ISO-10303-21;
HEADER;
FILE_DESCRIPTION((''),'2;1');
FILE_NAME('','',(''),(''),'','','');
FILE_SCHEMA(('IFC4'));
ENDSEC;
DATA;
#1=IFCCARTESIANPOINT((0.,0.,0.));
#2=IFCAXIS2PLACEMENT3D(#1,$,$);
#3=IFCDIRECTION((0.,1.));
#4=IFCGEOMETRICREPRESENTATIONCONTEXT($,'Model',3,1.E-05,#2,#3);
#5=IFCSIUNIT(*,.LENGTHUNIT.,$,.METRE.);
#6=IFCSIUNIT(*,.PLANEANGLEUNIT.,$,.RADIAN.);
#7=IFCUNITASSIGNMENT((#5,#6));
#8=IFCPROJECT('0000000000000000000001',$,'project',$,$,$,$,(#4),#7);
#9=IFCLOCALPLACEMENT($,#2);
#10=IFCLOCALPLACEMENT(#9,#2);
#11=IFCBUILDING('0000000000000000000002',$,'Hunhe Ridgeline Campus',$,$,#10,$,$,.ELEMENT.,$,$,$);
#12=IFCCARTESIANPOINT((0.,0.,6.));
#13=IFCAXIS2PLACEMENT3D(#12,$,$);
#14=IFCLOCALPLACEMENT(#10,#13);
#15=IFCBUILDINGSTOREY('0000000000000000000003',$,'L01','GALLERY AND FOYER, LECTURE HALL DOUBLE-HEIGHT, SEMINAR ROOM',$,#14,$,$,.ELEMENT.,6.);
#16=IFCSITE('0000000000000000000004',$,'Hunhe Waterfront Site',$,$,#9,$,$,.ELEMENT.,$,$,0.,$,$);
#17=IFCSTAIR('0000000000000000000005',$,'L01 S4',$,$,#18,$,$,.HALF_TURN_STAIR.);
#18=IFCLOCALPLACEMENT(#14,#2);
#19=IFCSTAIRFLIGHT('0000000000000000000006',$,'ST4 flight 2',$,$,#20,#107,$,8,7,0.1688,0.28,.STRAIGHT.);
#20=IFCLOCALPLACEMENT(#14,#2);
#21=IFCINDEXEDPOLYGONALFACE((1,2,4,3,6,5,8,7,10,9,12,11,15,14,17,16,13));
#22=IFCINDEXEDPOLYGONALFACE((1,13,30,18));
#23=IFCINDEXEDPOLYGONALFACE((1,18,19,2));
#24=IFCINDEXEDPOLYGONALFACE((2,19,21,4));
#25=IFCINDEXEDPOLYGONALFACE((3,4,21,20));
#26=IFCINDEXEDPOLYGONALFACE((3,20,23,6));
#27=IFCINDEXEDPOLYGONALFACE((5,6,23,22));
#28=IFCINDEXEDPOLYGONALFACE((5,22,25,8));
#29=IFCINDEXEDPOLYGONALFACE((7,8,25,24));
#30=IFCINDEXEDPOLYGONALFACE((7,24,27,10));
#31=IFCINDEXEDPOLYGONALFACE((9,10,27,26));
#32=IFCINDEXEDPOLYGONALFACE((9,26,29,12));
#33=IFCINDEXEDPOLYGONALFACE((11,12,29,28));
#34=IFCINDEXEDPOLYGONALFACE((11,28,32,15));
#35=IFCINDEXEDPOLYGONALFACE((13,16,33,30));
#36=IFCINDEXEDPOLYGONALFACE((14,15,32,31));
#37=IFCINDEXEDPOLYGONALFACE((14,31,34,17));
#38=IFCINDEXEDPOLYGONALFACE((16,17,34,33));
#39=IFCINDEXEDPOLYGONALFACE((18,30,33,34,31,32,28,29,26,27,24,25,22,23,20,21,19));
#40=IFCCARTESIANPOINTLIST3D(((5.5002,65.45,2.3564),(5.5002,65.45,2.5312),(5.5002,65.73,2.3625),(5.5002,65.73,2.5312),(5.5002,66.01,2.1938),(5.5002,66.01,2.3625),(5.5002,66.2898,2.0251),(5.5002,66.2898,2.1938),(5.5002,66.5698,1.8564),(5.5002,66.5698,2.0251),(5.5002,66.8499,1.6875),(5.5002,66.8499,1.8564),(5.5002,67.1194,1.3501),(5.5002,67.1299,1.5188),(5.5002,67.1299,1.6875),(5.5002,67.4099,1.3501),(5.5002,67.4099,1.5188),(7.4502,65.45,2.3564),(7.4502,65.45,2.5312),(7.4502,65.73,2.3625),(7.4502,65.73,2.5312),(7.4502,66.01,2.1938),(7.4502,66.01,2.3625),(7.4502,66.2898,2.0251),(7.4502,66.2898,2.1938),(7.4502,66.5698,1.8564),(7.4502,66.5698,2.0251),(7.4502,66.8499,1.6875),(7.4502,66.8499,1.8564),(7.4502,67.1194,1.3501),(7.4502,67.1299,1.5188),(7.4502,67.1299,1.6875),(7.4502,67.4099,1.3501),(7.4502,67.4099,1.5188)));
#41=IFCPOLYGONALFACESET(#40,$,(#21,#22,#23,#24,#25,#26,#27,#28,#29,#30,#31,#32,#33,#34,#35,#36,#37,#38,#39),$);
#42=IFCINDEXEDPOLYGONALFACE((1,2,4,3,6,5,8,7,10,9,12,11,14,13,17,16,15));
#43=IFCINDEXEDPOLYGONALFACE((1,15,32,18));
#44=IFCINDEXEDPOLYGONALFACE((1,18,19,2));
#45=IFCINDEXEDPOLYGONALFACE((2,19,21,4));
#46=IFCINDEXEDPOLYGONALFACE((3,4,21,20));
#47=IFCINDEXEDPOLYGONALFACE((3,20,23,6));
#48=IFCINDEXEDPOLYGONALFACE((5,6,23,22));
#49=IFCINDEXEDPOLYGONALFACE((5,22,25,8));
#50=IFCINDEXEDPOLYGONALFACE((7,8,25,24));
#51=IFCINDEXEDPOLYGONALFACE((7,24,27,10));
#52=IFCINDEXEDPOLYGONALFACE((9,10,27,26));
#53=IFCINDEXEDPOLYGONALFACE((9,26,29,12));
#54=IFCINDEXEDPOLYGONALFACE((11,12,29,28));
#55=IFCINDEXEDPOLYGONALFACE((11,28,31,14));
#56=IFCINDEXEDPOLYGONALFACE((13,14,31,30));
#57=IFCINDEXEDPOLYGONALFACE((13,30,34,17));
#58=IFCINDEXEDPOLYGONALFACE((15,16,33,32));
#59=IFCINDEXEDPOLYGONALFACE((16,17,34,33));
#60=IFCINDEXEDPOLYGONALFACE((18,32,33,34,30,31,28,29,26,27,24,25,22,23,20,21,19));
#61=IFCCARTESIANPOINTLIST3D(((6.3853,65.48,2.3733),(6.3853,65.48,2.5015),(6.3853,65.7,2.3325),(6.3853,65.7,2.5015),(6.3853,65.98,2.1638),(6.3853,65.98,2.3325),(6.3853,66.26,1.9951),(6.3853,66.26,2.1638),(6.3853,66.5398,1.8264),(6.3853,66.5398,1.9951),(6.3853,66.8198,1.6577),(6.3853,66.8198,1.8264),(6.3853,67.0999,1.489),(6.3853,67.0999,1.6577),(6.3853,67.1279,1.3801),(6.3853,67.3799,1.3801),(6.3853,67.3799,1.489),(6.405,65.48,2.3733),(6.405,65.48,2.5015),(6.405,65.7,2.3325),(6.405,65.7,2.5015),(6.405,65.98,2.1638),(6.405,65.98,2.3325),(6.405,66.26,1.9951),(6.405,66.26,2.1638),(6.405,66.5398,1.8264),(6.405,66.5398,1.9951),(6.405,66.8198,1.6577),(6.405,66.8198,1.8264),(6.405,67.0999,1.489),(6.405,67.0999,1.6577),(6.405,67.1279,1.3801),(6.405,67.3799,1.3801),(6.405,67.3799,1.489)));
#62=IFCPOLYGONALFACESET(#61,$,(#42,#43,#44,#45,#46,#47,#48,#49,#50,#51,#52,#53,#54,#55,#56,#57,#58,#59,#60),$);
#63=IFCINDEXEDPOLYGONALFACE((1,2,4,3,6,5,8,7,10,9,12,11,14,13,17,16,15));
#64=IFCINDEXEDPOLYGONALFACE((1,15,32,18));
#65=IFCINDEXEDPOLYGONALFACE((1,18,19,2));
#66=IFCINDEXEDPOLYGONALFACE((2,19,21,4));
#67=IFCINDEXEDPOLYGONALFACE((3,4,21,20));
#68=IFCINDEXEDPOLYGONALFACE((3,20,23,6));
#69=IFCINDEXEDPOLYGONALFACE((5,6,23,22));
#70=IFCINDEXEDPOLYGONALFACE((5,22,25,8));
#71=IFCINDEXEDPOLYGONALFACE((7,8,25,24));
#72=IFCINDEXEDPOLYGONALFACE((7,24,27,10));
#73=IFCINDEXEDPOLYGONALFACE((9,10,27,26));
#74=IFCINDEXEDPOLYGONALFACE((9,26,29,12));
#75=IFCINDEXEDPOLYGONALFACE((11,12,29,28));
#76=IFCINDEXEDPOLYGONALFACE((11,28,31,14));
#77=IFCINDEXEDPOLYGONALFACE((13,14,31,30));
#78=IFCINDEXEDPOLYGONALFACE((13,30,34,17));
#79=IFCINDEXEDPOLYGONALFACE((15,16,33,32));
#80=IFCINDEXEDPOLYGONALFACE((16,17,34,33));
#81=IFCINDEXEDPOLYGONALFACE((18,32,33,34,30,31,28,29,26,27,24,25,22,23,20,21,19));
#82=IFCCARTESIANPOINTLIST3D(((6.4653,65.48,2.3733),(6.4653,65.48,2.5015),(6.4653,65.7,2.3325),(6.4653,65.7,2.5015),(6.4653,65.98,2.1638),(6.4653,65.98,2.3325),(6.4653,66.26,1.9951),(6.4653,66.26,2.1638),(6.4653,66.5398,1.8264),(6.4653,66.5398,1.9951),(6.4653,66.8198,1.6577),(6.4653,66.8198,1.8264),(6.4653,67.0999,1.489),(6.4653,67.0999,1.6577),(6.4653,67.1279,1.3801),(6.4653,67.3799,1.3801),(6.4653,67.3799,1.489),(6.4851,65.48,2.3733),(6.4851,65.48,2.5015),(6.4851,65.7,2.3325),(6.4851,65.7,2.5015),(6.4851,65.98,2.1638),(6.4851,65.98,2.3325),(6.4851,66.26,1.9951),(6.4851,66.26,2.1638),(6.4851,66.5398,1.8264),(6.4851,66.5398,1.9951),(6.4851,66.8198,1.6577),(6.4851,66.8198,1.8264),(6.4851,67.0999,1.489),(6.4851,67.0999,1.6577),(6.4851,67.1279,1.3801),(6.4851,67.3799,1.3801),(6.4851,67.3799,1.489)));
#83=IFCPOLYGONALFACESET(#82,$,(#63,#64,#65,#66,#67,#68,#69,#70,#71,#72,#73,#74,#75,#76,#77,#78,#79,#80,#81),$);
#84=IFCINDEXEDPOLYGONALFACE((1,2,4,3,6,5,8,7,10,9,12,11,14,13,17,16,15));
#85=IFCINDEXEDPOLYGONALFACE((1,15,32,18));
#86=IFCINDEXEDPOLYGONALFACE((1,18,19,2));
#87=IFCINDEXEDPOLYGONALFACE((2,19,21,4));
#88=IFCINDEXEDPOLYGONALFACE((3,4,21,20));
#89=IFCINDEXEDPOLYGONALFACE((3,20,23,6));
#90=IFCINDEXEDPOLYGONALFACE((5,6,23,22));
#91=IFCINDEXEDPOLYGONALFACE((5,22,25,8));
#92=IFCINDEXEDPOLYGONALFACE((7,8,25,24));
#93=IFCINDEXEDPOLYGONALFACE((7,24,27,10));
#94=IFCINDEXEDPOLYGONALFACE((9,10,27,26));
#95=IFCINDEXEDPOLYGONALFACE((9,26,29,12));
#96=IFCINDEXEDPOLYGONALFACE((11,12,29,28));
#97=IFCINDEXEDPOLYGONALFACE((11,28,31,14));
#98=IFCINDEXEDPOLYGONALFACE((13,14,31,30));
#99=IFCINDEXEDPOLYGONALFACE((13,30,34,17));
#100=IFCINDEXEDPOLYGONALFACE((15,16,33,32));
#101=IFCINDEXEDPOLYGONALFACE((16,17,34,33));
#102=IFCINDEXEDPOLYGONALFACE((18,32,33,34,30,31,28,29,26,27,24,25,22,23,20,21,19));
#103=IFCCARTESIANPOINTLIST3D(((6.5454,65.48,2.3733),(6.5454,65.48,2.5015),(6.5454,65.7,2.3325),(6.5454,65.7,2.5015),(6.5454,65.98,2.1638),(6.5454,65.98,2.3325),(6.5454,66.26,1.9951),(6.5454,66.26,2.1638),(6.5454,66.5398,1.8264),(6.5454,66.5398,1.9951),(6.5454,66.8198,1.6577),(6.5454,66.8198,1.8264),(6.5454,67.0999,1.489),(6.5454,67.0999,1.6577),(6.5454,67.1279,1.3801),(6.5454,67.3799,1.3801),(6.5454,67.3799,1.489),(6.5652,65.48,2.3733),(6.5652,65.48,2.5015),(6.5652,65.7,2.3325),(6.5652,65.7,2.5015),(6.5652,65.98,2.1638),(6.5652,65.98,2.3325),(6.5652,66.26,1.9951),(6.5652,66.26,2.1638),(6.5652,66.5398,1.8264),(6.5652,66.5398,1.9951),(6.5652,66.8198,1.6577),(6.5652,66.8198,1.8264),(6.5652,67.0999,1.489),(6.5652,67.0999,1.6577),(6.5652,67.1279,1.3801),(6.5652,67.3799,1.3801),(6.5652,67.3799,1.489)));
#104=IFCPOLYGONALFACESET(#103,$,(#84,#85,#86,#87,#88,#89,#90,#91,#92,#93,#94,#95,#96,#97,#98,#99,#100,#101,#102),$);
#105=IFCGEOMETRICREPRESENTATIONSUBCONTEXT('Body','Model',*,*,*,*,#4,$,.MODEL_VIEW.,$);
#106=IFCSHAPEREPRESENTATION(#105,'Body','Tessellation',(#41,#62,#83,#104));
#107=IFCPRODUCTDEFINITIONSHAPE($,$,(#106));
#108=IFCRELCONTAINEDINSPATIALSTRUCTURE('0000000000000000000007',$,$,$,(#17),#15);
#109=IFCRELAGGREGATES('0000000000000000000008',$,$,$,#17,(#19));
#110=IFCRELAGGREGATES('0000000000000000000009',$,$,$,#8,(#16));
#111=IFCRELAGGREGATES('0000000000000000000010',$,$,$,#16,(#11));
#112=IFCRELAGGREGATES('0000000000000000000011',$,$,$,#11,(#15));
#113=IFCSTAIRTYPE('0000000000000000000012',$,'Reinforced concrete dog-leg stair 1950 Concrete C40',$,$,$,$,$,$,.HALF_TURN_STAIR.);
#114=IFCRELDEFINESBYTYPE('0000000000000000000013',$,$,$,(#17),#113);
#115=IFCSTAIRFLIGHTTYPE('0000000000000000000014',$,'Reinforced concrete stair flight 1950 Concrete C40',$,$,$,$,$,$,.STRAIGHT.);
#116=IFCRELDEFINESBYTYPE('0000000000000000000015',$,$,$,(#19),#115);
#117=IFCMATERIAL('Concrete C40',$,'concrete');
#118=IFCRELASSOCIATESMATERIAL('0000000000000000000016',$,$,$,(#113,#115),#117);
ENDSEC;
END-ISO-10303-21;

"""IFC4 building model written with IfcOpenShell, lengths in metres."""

from ifc_helpers import new_model, si_unit, direction, frame, origin, place, context, subcontext, project, spatial, polyline, outline, extrude, material, type_object, element, aggregate, save


model = new_model("IFC4")

# Units and contexts
model_context = context("Model", 3, precision=1e-05, world=origin(), true_north=direction((0.0, 1.0)))
body_context = subcontext(model_context, "Body", "Model", "MODEL_VIEW")
ifc_project = project(units=[si_unit("LENGTHUNIT", "METRE"), si_unit("PLANEANGLEUNIT", "RADIAN")], contexts=[model_context])

# Site, building, storey
site_placement = place(None, origin())
site = spatial("IfcSite", under=ifc_project, at=site_placement, Name="Hunhe Waterfront Site", CompositionType="ELEMENT", RefElevation=0.0)
building_placement = place(site_placement, origin())
building = spatial("IfcBuilding", under=site, at=building_placement, Name="Hunhe Ridgeline Campus", CompositionType="ELEMENT")
storey_placement = place(building_placement, frame((0.0, 0.0, 6.0)))
storey = spatial("IfcBuildingStorey", under=building, at=storey_placement, Name="L01", Description="GALLERY AND FOYER, LECTURE HALL DOUBLE-HEIGHT, SEMINAR ROOM", CompositionType="ELEMENT", Elevation=6.0)

# Stair, stair flight
ifc_material_1 = material(Name="Concrete C40", Category="concrete")
stair_type = type_object("IfcStairType", Name="Reinforced concrete dog-leg stair 1950 Concrete C40", PredefinedType="HALF_TURN_STAIR", material=ifc_material_1)
stair_flight_type = type_object("IfcStairFlightType", Name="Reinforced concrete stair flight 1950 Concrete C40", PredefinedType="STRAIGHT", material=ifc_material_1)
stair_1_placement = place(storey_placement, origin())
stair_1 = element("IfcStair", 1, at=stair_1_placement, inside=storey, type_object=stair_type, Name="L01 S4", PredefinedType="HALF_TURN_STAIR")
stair_flight_1_placement = place(storey_placement, frame((6.4751, 67.4099, 1.3501), z_axis=(0.0, 0.0, 1.0), x_axis=(0.0, -1.0, 0.0)))
stair_flight_1 = element("IfcStairFlight", 2, at=stair_flight_1_placement, type_object=stair_flight_type, Name="ST4 flight 2", NumberOfRisers=8, NumberOfTreads=7, PredefinedType="STRAIGHT", RiserHeight=0.1688, TreadLength=0.28, context=body_context, shape_type="SweptSolid", body=[
    extrude(outline(polyline([(0.0, 0.0), (0.0, 0.1687), (0.28, 0.1687), (0.28, 0.3374), (0.5601, 0.3374), (0.5601, 0.5063), (0.8401, 0.5063), (0.8401, 0.675), (1.1201, 0.675), (1.1201, 0.8438), (1.3999, 0.8438), (1.3999, 1.0125), (1.6799, 1.0125), (1.6799, 1.1812), (1.96, 1.1812), (1.96, 1.3501), (1.96, 1.0063), (0.2905, 0.0), (0.0, 0.0)])), frame((0.0, 0.9751, 0.0), z_axis=(0.0, -1.0, 0.0), x_axis=(1.0, 0.0, 0.0)), (0.0, 0.0, 1.0), 1.95),
    extrude(outline(polyline([(0.03, 0.03), (0.03, 0.1389), (0.3101, 0.1389), (0.3101, 0.3076), (0.5901, 0.3076), (0.5901, 0.4763), (0.8701, 0.4763), (0.8701, 0.645), (1.1499, 0.645), (1.1499, 0.8137), (1.4299, 0.8137), (1.4299, 0.9824), (1.71, 0.9824), (1.71, 1.1514), (1.9299, 1.1514), (1.9299, 1.0232), (0.282, 0.03), (0.03, 0.03)])), frame((0.0, -0.0701, 0.0), z_axis=(0.0, -1.0, 0.0), x_axis=(1.0, 0.0, 0.0)), (0.0, 0.0, 1.0), 0.0198),
    extrude(outline(polyline([(0.03, 0.03), (0.03, 0.1389), (0.3101, 0.1389), (0.3101, 0.3076), (0.5901, 0.3076), (0.5901, 0.4763), (0.8701, 0.4763), (0.8701, 0.645), (1.1499, 0.645), (1.1499, 0.8137), (1.4299, 0.8137), (1.4299, 0.9824), (1.71, 0.9824), (1.71, 1.1514), (1.9299, 1.1514), (1.9299, 1.0232), (0.282, 0.03), (0.03, 0.03)])), frame((0.0, 0.01, 0.0), z_axis=(0.0, -1.0, 0.0), x_axis=(1.0, 0.0, 0.0)), (0.0, 0.0, 1.0), 0.0198),
    extrude(outline(polyline([(0.03, 0.03), (0.03, 0.1389), (0.3101, 0.1389), (0.3101, 0.3076), (0.5901, 0.3076), (0.5901, 0.4763), (0.8701, 0.4763), (0.8701, 0.645), (1.1499, 0.645), (1.1499, 0.8137), (1.4299, 0.8137), (1.4299, 0.9824), (1.71, 0.9824), (1.71, 1.1514), (1.9299, 1.1514), (1.9299, 1.0232), (0.282, 0.03), (0.03, 0.03)])), frame((0.0, 0.0901, 0.0), z_axis=(0.0, -1.0, 0.0), x_axis=(1.0, 0.0, 0.0)), (0.0, 0.0, 1.0), 0.0198),
])
aggregate(stair_1, [stair_flight_1])

save(model, "model.ifc")
